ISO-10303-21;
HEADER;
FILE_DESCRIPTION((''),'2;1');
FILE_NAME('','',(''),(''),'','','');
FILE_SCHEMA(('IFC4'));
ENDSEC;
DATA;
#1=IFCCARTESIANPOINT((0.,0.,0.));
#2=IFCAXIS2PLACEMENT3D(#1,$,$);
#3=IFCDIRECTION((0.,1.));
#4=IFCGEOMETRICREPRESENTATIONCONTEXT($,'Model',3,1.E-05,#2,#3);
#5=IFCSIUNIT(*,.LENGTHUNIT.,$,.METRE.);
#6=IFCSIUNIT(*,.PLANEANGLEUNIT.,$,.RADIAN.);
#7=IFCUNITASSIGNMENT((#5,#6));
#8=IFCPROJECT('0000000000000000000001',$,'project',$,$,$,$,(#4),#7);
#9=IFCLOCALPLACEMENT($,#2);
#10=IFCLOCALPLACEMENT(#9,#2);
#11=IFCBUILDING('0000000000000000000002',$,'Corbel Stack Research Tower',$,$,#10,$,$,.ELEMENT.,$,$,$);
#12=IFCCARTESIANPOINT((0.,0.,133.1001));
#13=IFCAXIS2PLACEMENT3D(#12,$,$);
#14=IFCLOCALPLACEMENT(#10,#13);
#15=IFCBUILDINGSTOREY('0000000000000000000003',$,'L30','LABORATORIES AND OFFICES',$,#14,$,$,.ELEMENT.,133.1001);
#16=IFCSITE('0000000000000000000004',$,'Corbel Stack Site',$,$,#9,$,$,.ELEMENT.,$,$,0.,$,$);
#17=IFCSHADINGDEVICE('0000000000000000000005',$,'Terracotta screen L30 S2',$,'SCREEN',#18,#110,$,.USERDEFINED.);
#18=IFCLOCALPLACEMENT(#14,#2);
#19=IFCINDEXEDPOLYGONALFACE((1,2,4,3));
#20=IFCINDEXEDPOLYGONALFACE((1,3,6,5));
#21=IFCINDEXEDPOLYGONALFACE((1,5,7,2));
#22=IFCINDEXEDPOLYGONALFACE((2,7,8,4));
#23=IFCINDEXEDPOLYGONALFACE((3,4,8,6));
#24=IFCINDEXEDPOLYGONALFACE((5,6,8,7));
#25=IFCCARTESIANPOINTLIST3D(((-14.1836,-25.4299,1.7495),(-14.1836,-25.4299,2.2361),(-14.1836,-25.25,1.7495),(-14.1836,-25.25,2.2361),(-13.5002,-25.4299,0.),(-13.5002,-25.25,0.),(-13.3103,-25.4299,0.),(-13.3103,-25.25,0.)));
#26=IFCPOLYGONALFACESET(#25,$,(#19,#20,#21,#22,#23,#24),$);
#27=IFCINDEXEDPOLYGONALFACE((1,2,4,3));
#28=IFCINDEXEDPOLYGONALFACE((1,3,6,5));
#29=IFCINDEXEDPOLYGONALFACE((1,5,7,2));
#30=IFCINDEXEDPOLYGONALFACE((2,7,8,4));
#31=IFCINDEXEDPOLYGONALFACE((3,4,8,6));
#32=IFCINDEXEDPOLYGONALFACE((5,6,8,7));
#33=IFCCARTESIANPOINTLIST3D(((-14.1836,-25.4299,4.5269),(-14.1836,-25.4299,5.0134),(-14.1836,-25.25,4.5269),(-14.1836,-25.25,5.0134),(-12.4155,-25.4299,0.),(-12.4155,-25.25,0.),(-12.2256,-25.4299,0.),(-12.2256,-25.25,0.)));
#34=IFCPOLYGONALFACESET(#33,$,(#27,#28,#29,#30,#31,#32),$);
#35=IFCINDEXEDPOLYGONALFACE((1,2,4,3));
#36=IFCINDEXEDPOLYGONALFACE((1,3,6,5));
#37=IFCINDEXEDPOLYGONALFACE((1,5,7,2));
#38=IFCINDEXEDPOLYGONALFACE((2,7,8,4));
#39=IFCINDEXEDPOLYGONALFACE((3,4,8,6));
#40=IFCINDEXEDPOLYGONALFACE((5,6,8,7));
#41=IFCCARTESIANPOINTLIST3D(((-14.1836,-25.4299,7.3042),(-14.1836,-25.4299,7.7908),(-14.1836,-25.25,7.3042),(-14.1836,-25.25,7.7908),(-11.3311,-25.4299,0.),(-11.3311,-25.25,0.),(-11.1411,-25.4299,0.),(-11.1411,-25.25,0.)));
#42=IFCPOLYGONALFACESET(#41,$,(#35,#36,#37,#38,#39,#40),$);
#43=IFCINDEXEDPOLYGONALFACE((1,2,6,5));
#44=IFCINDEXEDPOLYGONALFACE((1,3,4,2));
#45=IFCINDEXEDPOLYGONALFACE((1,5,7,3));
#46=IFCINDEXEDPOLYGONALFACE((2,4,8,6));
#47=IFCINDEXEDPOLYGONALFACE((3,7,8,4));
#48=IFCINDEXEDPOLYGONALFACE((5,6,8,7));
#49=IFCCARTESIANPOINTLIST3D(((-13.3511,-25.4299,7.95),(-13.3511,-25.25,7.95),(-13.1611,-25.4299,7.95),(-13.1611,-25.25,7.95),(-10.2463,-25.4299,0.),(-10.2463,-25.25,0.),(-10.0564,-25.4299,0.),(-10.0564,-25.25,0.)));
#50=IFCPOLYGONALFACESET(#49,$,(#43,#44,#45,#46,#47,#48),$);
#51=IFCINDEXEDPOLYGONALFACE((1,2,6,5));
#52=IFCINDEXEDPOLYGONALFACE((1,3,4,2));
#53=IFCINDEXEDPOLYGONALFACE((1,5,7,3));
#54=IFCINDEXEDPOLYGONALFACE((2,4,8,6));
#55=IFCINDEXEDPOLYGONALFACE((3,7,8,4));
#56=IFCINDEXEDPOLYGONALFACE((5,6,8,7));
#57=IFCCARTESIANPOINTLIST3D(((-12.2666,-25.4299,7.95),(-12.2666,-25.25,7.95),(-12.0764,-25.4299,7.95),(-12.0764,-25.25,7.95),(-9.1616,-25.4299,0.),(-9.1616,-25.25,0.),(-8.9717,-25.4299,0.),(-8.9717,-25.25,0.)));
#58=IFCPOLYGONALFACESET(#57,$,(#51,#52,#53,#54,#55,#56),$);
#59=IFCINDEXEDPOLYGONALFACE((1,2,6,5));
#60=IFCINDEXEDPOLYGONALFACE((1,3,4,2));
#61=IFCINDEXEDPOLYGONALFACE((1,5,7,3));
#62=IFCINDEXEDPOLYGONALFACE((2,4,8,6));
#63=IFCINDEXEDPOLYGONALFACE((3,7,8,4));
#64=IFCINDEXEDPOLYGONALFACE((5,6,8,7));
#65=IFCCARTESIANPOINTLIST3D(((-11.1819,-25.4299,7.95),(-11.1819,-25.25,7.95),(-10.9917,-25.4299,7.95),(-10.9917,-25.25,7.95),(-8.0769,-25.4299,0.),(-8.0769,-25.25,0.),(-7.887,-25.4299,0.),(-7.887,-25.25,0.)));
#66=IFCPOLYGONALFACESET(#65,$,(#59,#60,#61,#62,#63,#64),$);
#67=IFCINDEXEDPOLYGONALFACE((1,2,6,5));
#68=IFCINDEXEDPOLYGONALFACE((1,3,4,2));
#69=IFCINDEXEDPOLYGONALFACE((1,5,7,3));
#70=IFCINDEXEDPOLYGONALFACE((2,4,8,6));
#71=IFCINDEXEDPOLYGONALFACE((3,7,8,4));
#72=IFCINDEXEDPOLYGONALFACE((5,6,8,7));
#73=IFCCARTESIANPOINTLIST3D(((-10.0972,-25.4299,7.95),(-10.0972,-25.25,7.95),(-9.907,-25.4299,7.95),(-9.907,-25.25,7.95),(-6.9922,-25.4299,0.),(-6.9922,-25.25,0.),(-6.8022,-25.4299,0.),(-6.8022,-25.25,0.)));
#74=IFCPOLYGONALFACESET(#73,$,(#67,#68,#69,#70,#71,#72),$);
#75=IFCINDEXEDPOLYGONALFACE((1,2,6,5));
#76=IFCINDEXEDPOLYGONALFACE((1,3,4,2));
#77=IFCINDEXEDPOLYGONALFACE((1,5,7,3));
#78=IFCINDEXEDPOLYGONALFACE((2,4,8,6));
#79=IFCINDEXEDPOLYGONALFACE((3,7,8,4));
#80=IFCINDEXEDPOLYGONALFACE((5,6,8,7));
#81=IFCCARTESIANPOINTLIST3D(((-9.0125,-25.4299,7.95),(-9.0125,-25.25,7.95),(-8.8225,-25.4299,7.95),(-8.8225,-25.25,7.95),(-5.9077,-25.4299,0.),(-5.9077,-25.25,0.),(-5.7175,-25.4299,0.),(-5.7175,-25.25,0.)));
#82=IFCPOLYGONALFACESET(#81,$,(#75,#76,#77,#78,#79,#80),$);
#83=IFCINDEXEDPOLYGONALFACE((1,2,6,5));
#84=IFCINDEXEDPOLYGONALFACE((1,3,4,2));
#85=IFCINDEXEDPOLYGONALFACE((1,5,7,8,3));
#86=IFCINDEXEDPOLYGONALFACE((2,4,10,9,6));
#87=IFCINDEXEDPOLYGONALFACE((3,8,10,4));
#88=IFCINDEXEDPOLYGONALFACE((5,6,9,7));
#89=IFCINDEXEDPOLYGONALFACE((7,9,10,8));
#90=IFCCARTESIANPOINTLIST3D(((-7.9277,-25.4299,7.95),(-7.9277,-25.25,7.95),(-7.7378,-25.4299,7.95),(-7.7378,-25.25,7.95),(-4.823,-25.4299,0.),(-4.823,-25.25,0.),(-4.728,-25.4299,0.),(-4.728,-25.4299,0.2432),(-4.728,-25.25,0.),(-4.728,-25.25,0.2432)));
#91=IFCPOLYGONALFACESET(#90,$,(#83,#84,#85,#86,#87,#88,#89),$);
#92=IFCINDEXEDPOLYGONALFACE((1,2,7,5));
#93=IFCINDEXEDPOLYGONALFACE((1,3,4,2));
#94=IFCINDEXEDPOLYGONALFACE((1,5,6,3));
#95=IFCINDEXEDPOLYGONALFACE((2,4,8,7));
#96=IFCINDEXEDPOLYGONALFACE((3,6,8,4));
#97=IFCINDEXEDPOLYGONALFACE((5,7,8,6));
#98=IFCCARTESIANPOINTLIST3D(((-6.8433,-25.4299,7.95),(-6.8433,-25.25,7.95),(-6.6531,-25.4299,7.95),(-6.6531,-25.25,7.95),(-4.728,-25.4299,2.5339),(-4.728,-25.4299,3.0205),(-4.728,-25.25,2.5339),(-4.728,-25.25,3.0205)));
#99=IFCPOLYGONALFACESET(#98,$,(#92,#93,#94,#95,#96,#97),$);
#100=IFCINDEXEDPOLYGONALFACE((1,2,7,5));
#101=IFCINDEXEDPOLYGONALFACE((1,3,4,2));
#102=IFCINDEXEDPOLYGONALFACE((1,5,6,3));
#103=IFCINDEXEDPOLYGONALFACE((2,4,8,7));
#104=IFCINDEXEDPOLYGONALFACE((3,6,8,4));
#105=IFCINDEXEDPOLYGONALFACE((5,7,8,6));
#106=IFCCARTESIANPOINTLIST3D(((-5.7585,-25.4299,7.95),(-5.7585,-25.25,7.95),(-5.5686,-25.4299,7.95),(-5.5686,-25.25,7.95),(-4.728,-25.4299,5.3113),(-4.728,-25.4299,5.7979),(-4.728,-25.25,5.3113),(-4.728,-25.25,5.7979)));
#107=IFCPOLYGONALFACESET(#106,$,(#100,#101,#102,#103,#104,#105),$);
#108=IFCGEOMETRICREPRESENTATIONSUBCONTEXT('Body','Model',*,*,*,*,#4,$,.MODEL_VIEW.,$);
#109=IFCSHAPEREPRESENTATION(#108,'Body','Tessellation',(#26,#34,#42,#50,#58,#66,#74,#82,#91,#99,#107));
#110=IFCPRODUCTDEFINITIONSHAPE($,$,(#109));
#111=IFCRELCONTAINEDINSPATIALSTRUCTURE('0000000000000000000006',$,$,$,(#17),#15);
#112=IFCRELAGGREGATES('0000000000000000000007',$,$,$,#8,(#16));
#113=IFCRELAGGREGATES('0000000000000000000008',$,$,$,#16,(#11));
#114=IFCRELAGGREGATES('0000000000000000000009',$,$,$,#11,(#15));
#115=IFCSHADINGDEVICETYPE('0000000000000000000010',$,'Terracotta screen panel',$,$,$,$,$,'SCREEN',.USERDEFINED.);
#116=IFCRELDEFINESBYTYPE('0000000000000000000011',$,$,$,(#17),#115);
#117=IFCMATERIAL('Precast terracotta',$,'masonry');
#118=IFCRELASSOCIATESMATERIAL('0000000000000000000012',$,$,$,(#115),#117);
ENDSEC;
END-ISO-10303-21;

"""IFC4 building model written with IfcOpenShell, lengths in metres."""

from ifc_helpers import new_model, si_unit, direction, frame, origin, place, context, subcontext, project, spatial, polyline, outline, extrude, source, transform, mapped, material, type_object, element, save


model = new_model("IFC4")

# Units and contexts
model_context = context("Model", 3, precision=1e-05, world=origin(), true_north=direction((0.0, 1.0)))
body_context = subcontext(model_context, "Body", "Model", "MODEL_VIEW")
ifc_project = project(units=[si_unit("LENGTHUNIT", "METRE"), si_unit("PLANEANGLEUNIT", "RADIAN")], contexts=[model_context])

# Site, building, storey
site_placement = place(None, origin())
site = spatial("IfcSite", under=ifc_project, at=site_placement, Name="Corbel Stack Site", CompositionType="ELEMENT", RefElevation=0.0)
building_placement = place(site_placement, origin())
building = spatial("IfcBuilding", under=site, at=building_placement, Name="Corbel Stack Research Tower", CompositionType="ELEMENT")
storey_placement = place(building_placement, frame((0.0, 0.0, 133.1001)))
storey = spatial("IfcBuildingStorey", under=building, at=storey_placement, Name="L30", Description="LABORATORIES AND OFFICES", CompositionType="ELEMENT", Elevation=133.1001)

# Shading device
ifc_material_1 = material(Name="Precast terracotta", Category="masonry")
shading_device_type = type_object("IfcShadingDeviceType", Name="Terracotta screen panel", ElementType="SCREEN", PredefinedType="USERDEFINED", material=ifc_material_1)
shared_shape = source(origin(), body_context, "Body", "SweptSolid", [
    extrude(outline(polyline([(0.8733, 0.0), (0.0, 2.2361), (0.0, 1.7495), (0.6833, 0.0), (0.8733, 0.0)])), frame((0.0, 0.0, 0.0), z_axis=(0.0, -1.0, 0.0), x_axis=(1.0, 0.0, 0.0)), (0.0, 0.0, 1.0), 0.1799),
    extrude(outline(polyline([(1.958, 0.0), (0.0, 5.0134), (0.0, 4.5269), (1.7681, 0.0), (1.958, 0.0)])), frame((0.0, 0.0, 0.0), z_axis=(0.0, -1.0, 0.0), x_axis=(1.0, 0.0, 0.0)), (0.0, 0.0, 1.0), 0.1799),
    extrude(outline(polyline([(3.0425, 0.0), (0.0, 7.7908), (0.0, 7.3042), (2.8525, 0.0), (3.0425, 0.0)])), frame((0.0, 0.0, 0.0), z_axis=(0.0, -1.0, 0.0), x_axis=(1.0, 0.0, 0.0)), (0.0, 0.0, 1.0), 0.1799),
    extrude(outline(polyline([(4.1272, 0.0), (1.0225, 7.95), (0.8325, 7.95), (3.9373, 0.0), (4.1272, 0.0)])), frame((0.0, 0.0, 0.0), z_axis=(0.0, -1.0, 0.0), x_axis=(1.0, 0.0, 0.0)), (0.0, 0.0, 1.0), 0.1799),
    extrude(outline(polyline([(5.2119, 0.0), (2.1072, 7.95), (1.917, 7.95), (5.022, 0.0), (5.2119, 0.0)])), frame((0.0, 0.0, 0.0), z_axis=(0.0, -1.0, 0.0), x_axis=(1.0, 0.0, 0.0)), (0.0, 0.0, 1.0), 0.1799),
    extrude(outline(polyline([(6.2966, 0.0), (3.1919, 7.95), (3.0017, 7.95), (6.1067, 0.0), (6.2966, 0.0)])), frame((0.0, 0.0, 0.0), z_axis=(0.0, -1.0, 0.0), x_axis=(1.0, 0.0, 0.0)), (0.0, 0.0, 1.0), 0.1799),
    extrude(outline(polyline([(7.3813, 0.0), (4.2766, 7.95), (4.0864, 7.95), (7.1914, 0.0), (7.3813, 0.0)])), frame((0.0, 0.0, 0.0), z_axis=(0.0, -1.0, 0.0), x_axis=(1.0, 0.0, 0.0)), (0.0, 0.0, 1.0), 0.1799),
    extrude(outline(polyline([(8.4661, 0.0), (5.3611, 7.95), (5.1711, 7.95), (8.2759, 0.0), (8.4661, 0.0)])), frame((0.0, 0.0, 0.0), z_axis=(0.0, -1.0, 0.0), x_axis=(1.0, 0.0, 0.0)), (0.0, 0.0, 1.0), 0.1799),
    extrude(outline(polyline([(9.4556, 0.0), (9.4556, 0.2432), (6.4458, 7.95), (6.2559, 7.95), (9.3606, 0.0), (9.4556, 0.0)])), frame((0.0, 0.0, 0.0), z_axis=(0.0, -1.0, 0.0), x_axis=(1.0, 0.0, 0.0)), (0.0, 0.0, 1.0), 0.1799),
    extrude(outline(polyline([(7.5305, 7.95), (7.3403, 7.95), (9.4556, 2.5339), (9.4556, 3.0205), (7.5305, 7.95)])), frame((0.0, 0.0, 0.0), z_axis=(0.0, -1.0, 0.0), x_axis=(1.0, 0.0, 0.0)), (0.0, 0.0, 1.0), 0.1799),
    extrude(outline(polyline([(8.615, 7.95), (8.425, 7.95), (9.4556, 5.3113), (9.4556, 5.7979), (8.615, 7.95)])), frame((0.0, 0.0, 0.0), z_axis=(0.0, -1.0, 0.0), x_axis=(1.0, 0.0, 0.0)), (0.0, 0.0, 1.0), 0.1799),
])
shading_device_placement = place(storey_placement, frame((-14.1836, -25.25, 0.0), z_axis=(0.0, 0.0, 1.0), x_axis=(1.0, 0.0, 0.0)))
element("IfcShadingDevice", 1, at=shading_device_placement, inside=storey, type_object=shading_device_type, Name="Terracotta screen L30 S2", ObjectType="SCREEN", PredefinedType="USERDEFINED", context=body_context, shape_type="MappedRepresentation", body=[
    mapped(shared_shape, transform((0.0, 0.0, 0.0))),
])

save(model, "model.ifc")
